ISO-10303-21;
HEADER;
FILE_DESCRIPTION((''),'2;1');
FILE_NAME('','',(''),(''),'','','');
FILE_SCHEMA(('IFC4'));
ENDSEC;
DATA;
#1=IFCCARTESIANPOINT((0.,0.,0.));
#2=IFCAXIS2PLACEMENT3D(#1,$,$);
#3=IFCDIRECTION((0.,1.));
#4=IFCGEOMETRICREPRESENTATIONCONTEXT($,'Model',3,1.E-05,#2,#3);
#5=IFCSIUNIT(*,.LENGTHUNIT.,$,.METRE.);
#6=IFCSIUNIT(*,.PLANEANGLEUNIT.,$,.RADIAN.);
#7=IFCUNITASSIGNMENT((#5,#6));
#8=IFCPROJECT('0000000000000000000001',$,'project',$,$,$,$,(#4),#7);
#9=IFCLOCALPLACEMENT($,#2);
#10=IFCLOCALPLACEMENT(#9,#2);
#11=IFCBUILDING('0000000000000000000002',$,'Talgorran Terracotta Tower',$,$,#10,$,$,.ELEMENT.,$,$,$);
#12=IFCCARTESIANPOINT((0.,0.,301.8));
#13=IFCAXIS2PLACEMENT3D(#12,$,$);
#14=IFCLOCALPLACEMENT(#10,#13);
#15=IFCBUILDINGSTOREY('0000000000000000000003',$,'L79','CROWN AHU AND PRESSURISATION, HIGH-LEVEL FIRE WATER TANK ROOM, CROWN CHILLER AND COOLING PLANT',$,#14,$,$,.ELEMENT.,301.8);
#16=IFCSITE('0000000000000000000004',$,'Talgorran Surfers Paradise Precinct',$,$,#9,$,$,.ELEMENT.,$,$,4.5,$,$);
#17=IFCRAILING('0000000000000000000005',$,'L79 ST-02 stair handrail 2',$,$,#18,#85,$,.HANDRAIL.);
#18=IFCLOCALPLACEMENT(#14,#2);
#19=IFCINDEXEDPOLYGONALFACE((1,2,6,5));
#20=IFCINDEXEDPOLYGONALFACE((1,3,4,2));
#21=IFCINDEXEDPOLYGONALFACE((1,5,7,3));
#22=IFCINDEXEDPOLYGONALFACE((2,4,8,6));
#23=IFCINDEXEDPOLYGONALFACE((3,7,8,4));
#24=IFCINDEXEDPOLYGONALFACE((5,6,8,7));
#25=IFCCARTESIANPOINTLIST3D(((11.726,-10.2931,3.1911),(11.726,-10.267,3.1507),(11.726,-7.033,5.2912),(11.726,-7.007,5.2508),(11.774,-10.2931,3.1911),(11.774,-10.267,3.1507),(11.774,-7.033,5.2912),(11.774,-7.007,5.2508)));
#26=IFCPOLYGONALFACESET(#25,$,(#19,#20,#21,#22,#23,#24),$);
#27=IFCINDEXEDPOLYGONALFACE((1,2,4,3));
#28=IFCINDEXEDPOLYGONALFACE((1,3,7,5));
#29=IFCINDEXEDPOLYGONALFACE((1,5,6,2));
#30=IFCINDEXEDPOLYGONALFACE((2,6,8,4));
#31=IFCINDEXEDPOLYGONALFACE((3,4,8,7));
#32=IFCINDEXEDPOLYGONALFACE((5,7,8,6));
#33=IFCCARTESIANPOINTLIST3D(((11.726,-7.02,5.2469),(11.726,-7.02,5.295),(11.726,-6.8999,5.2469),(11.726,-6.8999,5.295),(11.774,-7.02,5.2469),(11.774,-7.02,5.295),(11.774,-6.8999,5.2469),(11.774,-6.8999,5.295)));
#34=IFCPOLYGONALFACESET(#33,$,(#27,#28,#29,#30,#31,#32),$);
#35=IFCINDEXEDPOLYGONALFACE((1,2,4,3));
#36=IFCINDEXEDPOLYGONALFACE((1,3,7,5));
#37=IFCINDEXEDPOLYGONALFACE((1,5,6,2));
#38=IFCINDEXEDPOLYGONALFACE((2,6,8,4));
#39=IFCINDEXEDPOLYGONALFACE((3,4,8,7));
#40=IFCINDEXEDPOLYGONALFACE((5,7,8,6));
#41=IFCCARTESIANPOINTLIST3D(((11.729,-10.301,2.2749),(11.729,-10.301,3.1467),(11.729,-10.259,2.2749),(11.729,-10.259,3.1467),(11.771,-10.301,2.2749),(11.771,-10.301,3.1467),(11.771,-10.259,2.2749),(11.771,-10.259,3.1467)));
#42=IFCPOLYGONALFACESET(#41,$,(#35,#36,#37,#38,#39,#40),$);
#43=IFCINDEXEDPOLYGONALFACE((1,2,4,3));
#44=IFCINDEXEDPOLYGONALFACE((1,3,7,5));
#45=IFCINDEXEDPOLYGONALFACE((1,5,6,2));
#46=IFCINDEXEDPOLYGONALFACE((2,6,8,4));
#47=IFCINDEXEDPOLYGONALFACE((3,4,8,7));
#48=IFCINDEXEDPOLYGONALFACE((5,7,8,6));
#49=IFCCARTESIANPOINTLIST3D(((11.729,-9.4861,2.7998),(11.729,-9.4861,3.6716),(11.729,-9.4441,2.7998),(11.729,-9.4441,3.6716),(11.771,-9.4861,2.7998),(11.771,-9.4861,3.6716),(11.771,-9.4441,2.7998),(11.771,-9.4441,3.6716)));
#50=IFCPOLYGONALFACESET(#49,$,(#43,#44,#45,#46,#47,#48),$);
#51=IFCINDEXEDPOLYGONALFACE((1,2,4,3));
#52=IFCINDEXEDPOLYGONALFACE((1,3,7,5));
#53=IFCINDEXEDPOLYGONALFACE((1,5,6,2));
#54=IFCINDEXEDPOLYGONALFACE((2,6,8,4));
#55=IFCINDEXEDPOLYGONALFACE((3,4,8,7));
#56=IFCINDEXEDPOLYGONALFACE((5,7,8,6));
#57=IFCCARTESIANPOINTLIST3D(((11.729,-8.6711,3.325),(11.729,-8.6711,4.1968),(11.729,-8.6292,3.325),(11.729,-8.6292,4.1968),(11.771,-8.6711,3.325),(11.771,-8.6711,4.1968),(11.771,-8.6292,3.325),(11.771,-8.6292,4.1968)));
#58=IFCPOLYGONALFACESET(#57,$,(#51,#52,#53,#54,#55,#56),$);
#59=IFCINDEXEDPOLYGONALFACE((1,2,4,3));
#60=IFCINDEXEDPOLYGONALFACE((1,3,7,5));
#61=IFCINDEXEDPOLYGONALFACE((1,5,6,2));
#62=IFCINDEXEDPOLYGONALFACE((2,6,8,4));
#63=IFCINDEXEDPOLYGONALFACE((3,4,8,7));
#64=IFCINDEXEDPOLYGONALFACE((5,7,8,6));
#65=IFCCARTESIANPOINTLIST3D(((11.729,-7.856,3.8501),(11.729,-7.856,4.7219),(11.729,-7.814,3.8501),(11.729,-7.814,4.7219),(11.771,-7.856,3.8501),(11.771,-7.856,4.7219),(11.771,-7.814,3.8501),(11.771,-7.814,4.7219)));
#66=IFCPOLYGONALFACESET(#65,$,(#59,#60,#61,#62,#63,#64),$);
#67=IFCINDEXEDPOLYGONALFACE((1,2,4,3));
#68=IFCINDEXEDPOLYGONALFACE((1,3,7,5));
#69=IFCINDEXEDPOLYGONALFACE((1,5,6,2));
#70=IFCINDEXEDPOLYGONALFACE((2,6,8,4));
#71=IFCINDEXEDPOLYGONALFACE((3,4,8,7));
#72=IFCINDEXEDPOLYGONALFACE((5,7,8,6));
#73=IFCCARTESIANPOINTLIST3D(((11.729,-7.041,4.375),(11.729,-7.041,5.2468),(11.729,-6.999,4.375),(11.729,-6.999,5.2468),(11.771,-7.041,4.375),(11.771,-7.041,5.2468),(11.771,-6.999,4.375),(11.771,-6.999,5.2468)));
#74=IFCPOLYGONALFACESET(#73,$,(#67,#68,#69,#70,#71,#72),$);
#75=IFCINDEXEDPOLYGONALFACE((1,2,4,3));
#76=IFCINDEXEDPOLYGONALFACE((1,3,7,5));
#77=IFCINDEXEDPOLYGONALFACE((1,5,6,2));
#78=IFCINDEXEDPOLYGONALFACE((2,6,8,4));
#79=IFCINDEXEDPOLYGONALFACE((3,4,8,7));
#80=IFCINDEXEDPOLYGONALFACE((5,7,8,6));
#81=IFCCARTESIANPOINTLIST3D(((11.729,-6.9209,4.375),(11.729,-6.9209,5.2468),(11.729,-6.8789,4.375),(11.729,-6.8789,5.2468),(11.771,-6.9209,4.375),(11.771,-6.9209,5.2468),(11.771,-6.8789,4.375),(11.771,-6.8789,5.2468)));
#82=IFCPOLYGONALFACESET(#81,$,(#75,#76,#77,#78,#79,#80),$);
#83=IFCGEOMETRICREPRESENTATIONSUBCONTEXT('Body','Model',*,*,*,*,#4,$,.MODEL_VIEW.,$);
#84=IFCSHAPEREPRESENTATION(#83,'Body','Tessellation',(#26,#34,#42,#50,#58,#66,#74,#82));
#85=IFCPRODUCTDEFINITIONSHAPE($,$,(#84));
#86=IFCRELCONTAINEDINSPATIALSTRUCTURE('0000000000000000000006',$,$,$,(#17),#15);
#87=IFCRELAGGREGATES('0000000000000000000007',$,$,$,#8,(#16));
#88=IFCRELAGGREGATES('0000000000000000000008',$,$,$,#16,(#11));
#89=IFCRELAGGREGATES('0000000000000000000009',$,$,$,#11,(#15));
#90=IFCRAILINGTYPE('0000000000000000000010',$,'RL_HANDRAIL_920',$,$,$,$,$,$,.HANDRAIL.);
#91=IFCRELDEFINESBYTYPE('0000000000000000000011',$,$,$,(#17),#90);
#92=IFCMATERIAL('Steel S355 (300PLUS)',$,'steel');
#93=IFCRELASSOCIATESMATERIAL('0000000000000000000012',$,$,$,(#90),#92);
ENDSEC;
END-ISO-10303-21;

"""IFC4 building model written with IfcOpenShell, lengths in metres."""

from ifc_helpers import new_model, si_unit, direction, frame, origin, origin_2d, place, context, subcontext, project, spatial, rectangle, extrude, material, type_object, element, save


model = new_model("IFC4")

# Units and contexts
model_context = context("Model", 3, precision=1e-05, world=origin(), true_north=direction((0.0, 1.0)))
body_context = subcontext(model_context, "Body", "Model", "MODEL_VIEW")
ifc_project = project(units=[si_unit("LENGTHUNIT", "METRE"), si_unit("PLANEANGLEUNIT", "RADIAN")], contexts=[model_context])

# Site, building, storey
site_placement = place(None, origin())
site = spatial("IfcSite", under=ifc_project, at=site_placement, Name="Talgorran Surfers Paradise Precinct", CompositionType="ELEMENT", RefElevation=4.5)
building_placement = place(site_placement, origin())
building = spatial("IfcBuilding", under=site, at=building_placement, Name="Talgorran Terracotta Tower", CompositionType="ELEMENT")
storey_placement = place(building_placement, frame((0.0, 0.0, 301.8)))
storey = spatial("IfcBuildingStorey", under=building, at=storey_placement, Name="L79", Description="CROWN AHU AND PRESSURISATION, HIGH-LEVEL FIRE WATER TANK ROOM, CROWN CHILLER AND COOLING PLANT", CompositionType="ELEMENT", Elevation=301.8)

# Shared definitions
ifc_material_1 = material(Name="Steel S355 (300PLUS)", Category="steel")

# Railing
railing_type = type_object("IfcRailingType", Name="RL_HANDRAIL_920", PredefinedType="HANDRAIL", material=ifc_material_1)
railing_placement = place(storey_placement, frame((11.75, -10.28, 2.2749)))
element("IfcRailing", 1, at=railing_placement, inside=storey, type_object=railing_type, Name="L79 ST-02 stair handrail 2", PredefinedType="HANDRAIL", context=body_context, shape_type="SweptSolid", body=[
    extrude(rectangle(XDim=0.0481, YDim=0.0481, at=origin_2d()), frame((0.0, 0.0, 0.896), z_axis=(0.0, 0.840665, 0.541556), x_axis=(-1.0, 0.0, 0.0)), (0.0, 0.0, 1.0), 3.8779),
    extrude(rectangle(XDim=0.0481, YDim=0.0481, at=origin_2d()), frame((0.0, 3.26, 2.9961), z_axis=(0.0, 1.0, 0.0), x_axis=(-1.0, 0.0, 0.0)), (0.0, 0.0, 1.0), 0.1201),
    extrude(rectangle(XDim=0.042, YDim=0.042, at=origin_2d()), origin(), (0.0, 0.0, 1.0), 0.8718),
    extrude(rectangle(XDim=0.042, YDim=0.042, at=origin_2d()), frame((0.0, 0.8149, 0.5249)), (0.0, 0.0, 1.0), 0.8718),
    extrude(rectangle(XDim=0.042, YDim=0.042, at=origin_2d()), frame((0.0, 1.6299, 1.05)), (0.0, 0.0, 1.0), 0.8718),
    extrude(rectangle(XDim=0.042, YDim=0.042, at=origin_2d()), frame((0.0, 2.4451, 1.5752)), (0.0, 0.0, 1.0), 0.8718),
    extrude(rectangle(XDim=0.042, YDim=0.042, at=origin_2d()), frame((0.0, 3.26, 2.1001)), (0.0, 0.0, 1.0), 0.8718),
    extrude(rectangle(XDim=0.042, YDim=0.042, at=origin_2d()), frame((0.0, 3.3801, 2.1001)), (0.0, 0.0, 1.0), 0.8718),
])

save(model, "model.ifc")
